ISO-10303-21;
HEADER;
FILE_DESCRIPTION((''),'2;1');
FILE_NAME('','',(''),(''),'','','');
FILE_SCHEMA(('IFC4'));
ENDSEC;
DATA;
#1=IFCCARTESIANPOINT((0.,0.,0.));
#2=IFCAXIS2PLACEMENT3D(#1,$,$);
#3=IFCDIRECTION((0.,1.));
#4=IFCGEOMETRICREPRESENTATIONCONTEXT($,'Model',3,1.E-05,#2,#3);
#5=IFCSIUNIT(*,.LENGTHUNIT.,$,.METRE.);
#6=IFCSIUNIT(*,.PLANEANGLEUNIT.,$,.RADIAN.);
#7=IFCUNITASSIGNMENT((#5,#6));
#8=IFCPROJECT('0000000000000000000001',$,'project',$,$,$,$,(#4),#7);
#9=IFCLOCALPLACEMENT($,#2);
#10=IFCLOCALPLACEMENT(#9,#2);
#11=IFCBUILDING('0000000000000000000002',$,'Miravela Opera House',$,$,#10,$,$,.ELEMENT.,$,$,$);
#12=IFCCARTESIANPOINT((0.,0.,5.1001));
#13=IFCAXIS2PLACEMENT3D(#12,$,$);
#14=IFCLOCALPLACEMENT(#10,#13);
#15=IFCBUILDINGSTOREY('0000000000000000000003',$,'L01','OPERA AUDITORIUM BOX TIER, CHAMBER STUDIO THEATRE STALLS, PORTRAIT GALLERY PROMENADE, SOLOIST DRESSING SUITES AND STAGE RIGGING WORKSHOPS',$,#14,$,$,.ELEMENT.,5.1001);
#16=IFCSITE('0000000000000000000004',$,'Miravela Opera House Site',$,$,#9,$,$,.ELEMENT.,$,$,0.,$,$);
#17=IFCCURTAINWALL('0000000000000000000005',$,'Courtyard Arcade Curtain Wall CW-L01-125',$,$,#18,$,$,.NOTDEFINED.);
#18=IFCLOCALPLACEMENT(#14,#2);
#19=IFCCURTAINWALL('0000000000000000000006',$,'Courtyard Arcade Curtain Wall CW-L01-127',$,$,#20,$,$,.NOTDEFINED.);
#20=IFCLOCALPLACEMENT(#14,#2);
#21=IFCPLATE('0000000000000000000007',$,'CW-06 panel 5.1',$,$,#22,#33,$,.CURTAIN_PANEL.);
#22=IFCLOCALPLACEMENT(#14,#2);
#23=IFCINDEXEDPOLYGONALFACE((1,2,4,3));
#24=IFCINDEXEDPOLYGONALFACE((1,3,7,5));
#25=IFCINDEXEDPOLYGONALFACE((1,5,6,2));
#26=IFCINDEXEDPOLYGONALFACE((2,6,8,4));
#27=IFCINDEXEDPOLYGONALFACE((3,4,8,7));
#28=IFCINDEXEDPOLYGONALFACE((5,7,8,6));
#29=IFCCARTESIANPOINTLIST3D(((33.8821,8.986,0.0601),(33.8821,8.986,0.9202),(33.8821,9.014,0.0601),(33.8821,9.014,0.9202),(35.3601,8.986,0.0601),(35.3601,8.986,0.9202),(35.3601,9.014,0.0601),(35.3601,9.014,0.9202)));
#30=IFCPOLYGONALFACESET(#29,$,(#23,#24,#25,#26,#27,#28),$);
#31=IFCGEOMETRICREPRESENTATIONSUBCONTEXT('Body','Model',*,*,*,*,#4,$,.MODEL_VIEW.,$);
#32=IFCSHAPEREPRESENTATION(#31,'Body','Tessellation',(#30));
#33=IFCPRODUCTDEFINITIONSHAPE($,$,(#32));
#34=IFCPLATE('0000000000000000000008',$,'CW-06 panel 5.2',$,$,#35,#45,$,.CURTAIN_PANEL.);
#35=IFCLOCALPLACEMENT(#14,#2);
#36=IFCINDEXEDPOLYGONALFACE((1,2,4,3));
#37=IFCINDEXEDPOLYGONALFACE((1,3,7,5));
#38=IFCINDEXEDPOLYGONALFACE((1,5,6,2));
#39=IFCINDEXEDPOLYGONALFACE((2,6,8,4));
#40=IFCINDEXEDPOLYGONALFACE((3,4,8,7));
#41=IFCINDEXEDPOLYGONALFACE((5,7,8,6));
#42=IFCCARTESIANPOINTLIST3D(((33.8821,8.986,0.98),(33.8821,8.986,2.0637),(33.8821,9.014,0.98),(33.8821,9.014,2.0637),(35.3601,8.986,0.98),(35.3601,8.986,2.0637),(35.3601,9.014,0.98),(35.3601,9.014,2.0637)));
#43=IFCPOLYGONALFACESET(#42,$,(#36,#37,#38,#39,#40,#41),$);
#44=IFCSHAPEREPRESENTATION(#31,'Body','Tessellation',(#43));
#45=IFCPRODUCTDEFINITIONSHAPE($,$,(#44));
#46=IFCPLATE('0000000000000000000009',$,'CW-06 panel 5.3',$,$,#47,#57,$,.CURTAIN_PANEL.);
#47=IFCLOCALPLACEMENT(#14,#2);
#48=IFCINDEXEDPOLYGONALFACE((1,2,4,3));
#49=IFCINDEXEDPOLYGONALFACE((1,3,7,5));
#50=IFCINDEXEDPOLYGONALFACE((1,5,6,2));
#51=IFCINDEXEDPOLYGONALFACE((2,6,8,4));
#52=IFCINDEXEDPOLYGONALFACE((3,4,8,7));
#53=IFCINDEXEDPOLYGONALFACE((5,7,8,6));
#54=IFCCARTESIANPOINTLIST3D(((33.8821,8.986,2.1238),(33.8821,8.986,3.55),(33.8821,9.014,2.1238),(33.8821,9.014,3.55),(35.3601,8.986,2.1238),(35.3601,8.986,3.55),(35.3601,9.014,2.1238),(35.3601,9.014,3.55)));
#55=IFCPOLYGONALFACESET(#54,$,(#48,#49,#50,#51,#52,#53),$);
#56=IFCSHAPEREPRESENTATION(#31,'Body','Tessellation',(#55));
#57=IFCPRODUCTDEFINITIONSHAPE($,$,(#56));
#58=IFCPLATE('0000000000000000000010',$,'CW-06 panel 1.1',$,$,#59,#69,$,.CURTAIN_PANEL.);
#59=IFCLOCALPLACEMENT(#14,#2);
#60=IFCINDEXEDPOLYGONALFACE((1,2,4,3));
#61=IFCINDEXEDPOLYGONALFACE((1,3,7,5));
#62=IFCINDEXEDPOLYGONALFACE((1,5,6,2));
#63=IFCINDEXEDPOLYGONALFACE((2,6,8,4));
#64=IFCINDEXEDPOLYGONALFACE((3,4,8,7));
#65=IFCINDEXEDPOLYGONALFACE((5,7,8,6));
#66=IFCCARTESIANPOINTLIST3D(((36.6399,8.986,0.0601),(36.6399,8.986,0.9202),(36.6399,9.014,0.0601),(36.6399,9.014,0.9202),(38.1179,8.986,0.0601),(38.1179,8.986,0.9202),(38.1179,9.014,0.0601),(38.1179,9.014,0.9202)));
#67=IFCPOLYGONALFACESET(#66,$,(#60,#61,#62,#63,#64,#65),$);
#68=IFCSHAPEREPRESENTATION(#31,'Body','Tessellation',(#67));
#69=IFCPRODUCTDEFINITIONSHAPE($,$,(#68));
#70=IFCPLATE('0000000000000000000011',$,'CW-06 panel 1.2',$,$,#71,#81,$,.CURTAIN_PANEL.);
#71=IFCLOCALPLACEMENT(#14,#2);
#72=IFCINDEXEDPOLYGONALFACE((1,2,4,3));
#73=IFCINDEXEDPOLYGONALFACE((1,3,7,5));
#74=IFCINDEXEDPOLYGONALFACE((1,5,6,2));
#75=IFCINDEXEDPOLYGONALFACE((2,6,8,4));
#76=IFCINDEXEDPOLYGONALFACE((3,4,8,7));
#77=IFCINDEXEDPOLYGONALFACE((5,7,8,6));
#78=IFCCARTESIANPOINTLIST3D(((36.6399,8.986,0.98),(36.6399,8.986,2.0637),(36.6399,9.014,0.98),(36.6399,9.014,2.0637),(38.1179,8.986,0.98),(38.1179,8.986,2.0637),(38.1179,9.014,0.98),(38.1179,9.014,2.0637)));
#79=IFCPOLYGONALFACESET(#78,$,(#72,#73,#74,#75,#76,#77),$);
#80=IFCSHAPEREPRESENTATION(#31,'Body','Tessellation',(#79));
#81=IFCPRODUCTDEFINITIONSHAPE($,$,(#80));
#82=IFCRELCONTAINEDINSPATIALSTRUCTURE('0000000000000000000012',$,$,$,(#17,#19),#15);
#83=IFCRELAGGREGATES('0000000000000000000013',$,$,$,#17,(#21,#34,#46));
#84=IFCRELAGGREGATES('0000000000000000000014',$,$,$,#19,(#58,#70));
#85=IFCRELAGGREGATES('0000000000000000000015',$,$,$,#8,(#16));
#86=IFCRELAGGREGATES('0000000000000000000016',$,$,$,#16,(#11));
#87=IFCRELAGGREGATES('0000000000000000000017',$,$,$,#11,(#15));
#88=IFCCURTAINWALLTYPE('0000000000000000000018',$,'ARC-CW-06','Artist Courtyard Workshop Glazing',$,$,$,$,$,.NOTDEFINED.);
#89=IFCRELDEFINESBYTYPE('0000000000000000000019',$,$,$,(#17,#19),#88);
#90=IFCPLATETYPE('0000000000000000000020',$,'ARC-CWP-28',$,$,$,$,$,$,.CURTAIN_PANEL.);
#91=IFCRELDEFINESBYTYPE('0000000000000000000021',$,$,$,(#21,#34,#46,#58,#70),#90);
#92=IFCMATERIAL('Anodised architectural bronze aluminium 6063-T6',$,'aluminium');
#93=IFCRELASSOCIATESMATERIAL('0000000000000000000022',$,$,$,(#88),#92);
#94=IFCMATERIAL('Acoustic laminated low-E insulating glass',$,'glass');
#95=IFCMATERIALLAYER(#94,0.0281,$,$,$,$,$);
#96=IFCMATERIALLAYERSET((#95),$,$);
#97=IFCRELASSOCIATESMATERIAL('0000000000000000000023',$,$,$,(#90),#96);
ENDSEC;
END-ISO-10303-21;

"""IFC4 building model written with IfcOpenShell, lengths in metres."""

from ifc_helpers import new_model, si_unit, direction, frame, origin, origin_2d, place, context, subcontext, project, spatial, rectangle, extrude, material, layer, layer_set, type_object, element, aggregate, save


model = new_model("IFC4")

# Units and contexts
model_context = context("Model", 3, precision=1e-05, world=origin(), true_north=direction((0.0, 1.0)))
body_context = subcontext(model_context, "Body", "Model", "MODEL_VIEW")
ifc_project = project(units=[si_unit("LENGTHUNIT", "METRE"), si_unit("PLANEANGLEUNIT", "RADIAN")], contexts=[model_context])

# Site, building, storey
site_placement = place(None, origin())
site = spatial("IfcSite", under=ifc_project, at=site_placement, Name="Miravela Opera House Site", CompositionType="ELEMENT", RefElevation=0.0)
building_placement = place(site_placement, origin())
building = spatial("IfcBuilding", under=site, at=building_placement, Name="Miravela Opera House", CompositionType="ELEMENT")
storey_placement = place(building_placement, frame((0.0, 0.0, 5.1001)))
storey = spatial("IfcBuildingStorey", under=building, at=storey_placement, Name="L01", Description="OPERA AUDITORIUM BOX TIER, CHAMBER STUDIO THEATRE STALLS, PORTRAIT GALLERY PROMENADE, SOLOIST DRESSING SUITES AND STAGE RIGGING WORKSHOPS", CompositionType="ELEMENT", Elevation=5.1001)

# Curtain wall
ifc_material_1 = material(Name="Anodised architectural bronze aluminium 6063-T6", Category="aluminium")
curtain_wall_type = type_object("IfcCurtainWallType", Name="ARC-CW-06", Description="Artist Courtyard Workshop Glazing", PredefinedType="NOTDEFINED", material=ifc_material_1)
curtain_wall_1_placement = place(storey_placement, origin())
curtain_wall_1 = element("IfcCurtainWall", 1, at=curtain_wall_1_placement, inside=storey, type_object=curtain_wall_type, Name="Courtyard Arcade Curtain Wall CW-L01-125", PredefinedType="NOTDEFINED")

# Curtain wall
curtain_wall_2_placement = place(storey_placement, origin())
curtain_wall_2 = element("IfcCurtainWall", 2, at=curtain_wall_2_placement, inside=storey, type_object=curtain_wall_type, Name="Courtyard Arcade Curtain Wall CW-L01-127", PredefinedType="NOTDEFINED")

# Plates
ifc_material_2 = material(Name="Acoustic laminated low-E insulating glass", Category="glass")
ifc_layer = layer(ifc_material_2, 0.0281)
ifc_layer_set = layer_set([ifc_layer])
plate_type = type_object("IfcPlateType", Name="ARC-CWP-28", PredefinedType="CURTAIN_PANEL", material=ifc_layer_set)
plate_1_placement = place(storey_placement, frame((34.6211, 9.0, 0.0601), z_axis=(0.0, 0.0, 1.0), x_axis=(1.0, 0.0, 0.0)))
plate_1 = element("IfcPlate", 3, at=plate_1_placement, type_object=plate_type, Name="CW-06 panel 5.1", PredefinedType="CURTAIN_PANEL", context=body_context, shape_type="SweptSolid", body=[
    extrude(rectangle(XDim=1.478, YDim=0.0281, at=origin_2d()), origin(), (0.0, 0.0, 1.0), 0.8601),
])
plate_2_placement = place(storey_placement, frame((34.6211, 9.0, 0.98), z_axis=(0.0, 0.0, 1.0), x_axis=(1.0, 0.0, 0.0)))
plate_2 = element("IfcPlate", 4, at=plate_2_placement, type_object=plate_type, Name="CW-06 panel 5.2", PredefinedType="CURTAIN_PANEL", context=body_context, shape_type="SweptSolid", body=[
    extrude(rectangle(XDim=1.478, YDim=0.0281, at=origin_2d()), origin(), (0.0, 0.0, 1.0), 1.0837),
])
plate_3_placement = place(storey_placement, frame((34.6211, 9.0, 2.1238), z_axis=(0.0, 0.0, 1.0), x_axis=(1.0, 0.0, 0.0)))
plate_3 = element("IfcPlate", 5, at=plate_3_placement, type_object=plate_type, Name="CW-06 panel 5.3", PredefinedType="CURTAIN_PANEL", context=body_context, shape_type="SweptSolid", body=[
    extrude(rectangle(XDim=1.478, YDim=0.0281, at=origin_2d()), origin(), (0.0, 0.0, 1.0), 1.4263),
])
aggregate(curtain_wall_1, [plate_1, plate_2, plate_3])
plate_4_placement = place(storey_placement, frame((37.3789, 9.0, 0.0601), z_axis=(0.0, 0.0, 1.0), x_axis=(1.0, 0.0, 0.0)))
plate_4 = element("IfcPlate", 6, at=plate_4_placement, type_object=plate_type, Name="CW-06 panel 1.1", PredefinedType="CURTAIN_PANEL", context=body_context, shape_type="SweptSolid", body=[
    extrude(rectangle(XDim=1.478, YDim=0.0281, at=origin_2d()), origin(), (0.0, 0.0, 1.0), 0.8601),
])
plate_5_placement = place(storey_placement, frame((37.3789, 9.0, 0.98), z_axis=(0.0, 0.0, 1.0), x_axis=(1.0, 0.0, 0.0)))
plate_5 = element("IfcPlate", 7, at=plate_5_placement, type_object=plate_type, Name="CW-06 panel 1.2", PredefinedType="CURTAIN_PANEL", context=body_context, shape_type="SweptSolid", body=[
    extrude(rectangle(XDim=1.478, YDim=0.0281, at=origin_2d()), origin(), (0.0, 0.0, 1.0), 1.0837),
])
aggregate(curtain_wall_2, [plate_4, plate_5])

save(model, "model.ifc")
